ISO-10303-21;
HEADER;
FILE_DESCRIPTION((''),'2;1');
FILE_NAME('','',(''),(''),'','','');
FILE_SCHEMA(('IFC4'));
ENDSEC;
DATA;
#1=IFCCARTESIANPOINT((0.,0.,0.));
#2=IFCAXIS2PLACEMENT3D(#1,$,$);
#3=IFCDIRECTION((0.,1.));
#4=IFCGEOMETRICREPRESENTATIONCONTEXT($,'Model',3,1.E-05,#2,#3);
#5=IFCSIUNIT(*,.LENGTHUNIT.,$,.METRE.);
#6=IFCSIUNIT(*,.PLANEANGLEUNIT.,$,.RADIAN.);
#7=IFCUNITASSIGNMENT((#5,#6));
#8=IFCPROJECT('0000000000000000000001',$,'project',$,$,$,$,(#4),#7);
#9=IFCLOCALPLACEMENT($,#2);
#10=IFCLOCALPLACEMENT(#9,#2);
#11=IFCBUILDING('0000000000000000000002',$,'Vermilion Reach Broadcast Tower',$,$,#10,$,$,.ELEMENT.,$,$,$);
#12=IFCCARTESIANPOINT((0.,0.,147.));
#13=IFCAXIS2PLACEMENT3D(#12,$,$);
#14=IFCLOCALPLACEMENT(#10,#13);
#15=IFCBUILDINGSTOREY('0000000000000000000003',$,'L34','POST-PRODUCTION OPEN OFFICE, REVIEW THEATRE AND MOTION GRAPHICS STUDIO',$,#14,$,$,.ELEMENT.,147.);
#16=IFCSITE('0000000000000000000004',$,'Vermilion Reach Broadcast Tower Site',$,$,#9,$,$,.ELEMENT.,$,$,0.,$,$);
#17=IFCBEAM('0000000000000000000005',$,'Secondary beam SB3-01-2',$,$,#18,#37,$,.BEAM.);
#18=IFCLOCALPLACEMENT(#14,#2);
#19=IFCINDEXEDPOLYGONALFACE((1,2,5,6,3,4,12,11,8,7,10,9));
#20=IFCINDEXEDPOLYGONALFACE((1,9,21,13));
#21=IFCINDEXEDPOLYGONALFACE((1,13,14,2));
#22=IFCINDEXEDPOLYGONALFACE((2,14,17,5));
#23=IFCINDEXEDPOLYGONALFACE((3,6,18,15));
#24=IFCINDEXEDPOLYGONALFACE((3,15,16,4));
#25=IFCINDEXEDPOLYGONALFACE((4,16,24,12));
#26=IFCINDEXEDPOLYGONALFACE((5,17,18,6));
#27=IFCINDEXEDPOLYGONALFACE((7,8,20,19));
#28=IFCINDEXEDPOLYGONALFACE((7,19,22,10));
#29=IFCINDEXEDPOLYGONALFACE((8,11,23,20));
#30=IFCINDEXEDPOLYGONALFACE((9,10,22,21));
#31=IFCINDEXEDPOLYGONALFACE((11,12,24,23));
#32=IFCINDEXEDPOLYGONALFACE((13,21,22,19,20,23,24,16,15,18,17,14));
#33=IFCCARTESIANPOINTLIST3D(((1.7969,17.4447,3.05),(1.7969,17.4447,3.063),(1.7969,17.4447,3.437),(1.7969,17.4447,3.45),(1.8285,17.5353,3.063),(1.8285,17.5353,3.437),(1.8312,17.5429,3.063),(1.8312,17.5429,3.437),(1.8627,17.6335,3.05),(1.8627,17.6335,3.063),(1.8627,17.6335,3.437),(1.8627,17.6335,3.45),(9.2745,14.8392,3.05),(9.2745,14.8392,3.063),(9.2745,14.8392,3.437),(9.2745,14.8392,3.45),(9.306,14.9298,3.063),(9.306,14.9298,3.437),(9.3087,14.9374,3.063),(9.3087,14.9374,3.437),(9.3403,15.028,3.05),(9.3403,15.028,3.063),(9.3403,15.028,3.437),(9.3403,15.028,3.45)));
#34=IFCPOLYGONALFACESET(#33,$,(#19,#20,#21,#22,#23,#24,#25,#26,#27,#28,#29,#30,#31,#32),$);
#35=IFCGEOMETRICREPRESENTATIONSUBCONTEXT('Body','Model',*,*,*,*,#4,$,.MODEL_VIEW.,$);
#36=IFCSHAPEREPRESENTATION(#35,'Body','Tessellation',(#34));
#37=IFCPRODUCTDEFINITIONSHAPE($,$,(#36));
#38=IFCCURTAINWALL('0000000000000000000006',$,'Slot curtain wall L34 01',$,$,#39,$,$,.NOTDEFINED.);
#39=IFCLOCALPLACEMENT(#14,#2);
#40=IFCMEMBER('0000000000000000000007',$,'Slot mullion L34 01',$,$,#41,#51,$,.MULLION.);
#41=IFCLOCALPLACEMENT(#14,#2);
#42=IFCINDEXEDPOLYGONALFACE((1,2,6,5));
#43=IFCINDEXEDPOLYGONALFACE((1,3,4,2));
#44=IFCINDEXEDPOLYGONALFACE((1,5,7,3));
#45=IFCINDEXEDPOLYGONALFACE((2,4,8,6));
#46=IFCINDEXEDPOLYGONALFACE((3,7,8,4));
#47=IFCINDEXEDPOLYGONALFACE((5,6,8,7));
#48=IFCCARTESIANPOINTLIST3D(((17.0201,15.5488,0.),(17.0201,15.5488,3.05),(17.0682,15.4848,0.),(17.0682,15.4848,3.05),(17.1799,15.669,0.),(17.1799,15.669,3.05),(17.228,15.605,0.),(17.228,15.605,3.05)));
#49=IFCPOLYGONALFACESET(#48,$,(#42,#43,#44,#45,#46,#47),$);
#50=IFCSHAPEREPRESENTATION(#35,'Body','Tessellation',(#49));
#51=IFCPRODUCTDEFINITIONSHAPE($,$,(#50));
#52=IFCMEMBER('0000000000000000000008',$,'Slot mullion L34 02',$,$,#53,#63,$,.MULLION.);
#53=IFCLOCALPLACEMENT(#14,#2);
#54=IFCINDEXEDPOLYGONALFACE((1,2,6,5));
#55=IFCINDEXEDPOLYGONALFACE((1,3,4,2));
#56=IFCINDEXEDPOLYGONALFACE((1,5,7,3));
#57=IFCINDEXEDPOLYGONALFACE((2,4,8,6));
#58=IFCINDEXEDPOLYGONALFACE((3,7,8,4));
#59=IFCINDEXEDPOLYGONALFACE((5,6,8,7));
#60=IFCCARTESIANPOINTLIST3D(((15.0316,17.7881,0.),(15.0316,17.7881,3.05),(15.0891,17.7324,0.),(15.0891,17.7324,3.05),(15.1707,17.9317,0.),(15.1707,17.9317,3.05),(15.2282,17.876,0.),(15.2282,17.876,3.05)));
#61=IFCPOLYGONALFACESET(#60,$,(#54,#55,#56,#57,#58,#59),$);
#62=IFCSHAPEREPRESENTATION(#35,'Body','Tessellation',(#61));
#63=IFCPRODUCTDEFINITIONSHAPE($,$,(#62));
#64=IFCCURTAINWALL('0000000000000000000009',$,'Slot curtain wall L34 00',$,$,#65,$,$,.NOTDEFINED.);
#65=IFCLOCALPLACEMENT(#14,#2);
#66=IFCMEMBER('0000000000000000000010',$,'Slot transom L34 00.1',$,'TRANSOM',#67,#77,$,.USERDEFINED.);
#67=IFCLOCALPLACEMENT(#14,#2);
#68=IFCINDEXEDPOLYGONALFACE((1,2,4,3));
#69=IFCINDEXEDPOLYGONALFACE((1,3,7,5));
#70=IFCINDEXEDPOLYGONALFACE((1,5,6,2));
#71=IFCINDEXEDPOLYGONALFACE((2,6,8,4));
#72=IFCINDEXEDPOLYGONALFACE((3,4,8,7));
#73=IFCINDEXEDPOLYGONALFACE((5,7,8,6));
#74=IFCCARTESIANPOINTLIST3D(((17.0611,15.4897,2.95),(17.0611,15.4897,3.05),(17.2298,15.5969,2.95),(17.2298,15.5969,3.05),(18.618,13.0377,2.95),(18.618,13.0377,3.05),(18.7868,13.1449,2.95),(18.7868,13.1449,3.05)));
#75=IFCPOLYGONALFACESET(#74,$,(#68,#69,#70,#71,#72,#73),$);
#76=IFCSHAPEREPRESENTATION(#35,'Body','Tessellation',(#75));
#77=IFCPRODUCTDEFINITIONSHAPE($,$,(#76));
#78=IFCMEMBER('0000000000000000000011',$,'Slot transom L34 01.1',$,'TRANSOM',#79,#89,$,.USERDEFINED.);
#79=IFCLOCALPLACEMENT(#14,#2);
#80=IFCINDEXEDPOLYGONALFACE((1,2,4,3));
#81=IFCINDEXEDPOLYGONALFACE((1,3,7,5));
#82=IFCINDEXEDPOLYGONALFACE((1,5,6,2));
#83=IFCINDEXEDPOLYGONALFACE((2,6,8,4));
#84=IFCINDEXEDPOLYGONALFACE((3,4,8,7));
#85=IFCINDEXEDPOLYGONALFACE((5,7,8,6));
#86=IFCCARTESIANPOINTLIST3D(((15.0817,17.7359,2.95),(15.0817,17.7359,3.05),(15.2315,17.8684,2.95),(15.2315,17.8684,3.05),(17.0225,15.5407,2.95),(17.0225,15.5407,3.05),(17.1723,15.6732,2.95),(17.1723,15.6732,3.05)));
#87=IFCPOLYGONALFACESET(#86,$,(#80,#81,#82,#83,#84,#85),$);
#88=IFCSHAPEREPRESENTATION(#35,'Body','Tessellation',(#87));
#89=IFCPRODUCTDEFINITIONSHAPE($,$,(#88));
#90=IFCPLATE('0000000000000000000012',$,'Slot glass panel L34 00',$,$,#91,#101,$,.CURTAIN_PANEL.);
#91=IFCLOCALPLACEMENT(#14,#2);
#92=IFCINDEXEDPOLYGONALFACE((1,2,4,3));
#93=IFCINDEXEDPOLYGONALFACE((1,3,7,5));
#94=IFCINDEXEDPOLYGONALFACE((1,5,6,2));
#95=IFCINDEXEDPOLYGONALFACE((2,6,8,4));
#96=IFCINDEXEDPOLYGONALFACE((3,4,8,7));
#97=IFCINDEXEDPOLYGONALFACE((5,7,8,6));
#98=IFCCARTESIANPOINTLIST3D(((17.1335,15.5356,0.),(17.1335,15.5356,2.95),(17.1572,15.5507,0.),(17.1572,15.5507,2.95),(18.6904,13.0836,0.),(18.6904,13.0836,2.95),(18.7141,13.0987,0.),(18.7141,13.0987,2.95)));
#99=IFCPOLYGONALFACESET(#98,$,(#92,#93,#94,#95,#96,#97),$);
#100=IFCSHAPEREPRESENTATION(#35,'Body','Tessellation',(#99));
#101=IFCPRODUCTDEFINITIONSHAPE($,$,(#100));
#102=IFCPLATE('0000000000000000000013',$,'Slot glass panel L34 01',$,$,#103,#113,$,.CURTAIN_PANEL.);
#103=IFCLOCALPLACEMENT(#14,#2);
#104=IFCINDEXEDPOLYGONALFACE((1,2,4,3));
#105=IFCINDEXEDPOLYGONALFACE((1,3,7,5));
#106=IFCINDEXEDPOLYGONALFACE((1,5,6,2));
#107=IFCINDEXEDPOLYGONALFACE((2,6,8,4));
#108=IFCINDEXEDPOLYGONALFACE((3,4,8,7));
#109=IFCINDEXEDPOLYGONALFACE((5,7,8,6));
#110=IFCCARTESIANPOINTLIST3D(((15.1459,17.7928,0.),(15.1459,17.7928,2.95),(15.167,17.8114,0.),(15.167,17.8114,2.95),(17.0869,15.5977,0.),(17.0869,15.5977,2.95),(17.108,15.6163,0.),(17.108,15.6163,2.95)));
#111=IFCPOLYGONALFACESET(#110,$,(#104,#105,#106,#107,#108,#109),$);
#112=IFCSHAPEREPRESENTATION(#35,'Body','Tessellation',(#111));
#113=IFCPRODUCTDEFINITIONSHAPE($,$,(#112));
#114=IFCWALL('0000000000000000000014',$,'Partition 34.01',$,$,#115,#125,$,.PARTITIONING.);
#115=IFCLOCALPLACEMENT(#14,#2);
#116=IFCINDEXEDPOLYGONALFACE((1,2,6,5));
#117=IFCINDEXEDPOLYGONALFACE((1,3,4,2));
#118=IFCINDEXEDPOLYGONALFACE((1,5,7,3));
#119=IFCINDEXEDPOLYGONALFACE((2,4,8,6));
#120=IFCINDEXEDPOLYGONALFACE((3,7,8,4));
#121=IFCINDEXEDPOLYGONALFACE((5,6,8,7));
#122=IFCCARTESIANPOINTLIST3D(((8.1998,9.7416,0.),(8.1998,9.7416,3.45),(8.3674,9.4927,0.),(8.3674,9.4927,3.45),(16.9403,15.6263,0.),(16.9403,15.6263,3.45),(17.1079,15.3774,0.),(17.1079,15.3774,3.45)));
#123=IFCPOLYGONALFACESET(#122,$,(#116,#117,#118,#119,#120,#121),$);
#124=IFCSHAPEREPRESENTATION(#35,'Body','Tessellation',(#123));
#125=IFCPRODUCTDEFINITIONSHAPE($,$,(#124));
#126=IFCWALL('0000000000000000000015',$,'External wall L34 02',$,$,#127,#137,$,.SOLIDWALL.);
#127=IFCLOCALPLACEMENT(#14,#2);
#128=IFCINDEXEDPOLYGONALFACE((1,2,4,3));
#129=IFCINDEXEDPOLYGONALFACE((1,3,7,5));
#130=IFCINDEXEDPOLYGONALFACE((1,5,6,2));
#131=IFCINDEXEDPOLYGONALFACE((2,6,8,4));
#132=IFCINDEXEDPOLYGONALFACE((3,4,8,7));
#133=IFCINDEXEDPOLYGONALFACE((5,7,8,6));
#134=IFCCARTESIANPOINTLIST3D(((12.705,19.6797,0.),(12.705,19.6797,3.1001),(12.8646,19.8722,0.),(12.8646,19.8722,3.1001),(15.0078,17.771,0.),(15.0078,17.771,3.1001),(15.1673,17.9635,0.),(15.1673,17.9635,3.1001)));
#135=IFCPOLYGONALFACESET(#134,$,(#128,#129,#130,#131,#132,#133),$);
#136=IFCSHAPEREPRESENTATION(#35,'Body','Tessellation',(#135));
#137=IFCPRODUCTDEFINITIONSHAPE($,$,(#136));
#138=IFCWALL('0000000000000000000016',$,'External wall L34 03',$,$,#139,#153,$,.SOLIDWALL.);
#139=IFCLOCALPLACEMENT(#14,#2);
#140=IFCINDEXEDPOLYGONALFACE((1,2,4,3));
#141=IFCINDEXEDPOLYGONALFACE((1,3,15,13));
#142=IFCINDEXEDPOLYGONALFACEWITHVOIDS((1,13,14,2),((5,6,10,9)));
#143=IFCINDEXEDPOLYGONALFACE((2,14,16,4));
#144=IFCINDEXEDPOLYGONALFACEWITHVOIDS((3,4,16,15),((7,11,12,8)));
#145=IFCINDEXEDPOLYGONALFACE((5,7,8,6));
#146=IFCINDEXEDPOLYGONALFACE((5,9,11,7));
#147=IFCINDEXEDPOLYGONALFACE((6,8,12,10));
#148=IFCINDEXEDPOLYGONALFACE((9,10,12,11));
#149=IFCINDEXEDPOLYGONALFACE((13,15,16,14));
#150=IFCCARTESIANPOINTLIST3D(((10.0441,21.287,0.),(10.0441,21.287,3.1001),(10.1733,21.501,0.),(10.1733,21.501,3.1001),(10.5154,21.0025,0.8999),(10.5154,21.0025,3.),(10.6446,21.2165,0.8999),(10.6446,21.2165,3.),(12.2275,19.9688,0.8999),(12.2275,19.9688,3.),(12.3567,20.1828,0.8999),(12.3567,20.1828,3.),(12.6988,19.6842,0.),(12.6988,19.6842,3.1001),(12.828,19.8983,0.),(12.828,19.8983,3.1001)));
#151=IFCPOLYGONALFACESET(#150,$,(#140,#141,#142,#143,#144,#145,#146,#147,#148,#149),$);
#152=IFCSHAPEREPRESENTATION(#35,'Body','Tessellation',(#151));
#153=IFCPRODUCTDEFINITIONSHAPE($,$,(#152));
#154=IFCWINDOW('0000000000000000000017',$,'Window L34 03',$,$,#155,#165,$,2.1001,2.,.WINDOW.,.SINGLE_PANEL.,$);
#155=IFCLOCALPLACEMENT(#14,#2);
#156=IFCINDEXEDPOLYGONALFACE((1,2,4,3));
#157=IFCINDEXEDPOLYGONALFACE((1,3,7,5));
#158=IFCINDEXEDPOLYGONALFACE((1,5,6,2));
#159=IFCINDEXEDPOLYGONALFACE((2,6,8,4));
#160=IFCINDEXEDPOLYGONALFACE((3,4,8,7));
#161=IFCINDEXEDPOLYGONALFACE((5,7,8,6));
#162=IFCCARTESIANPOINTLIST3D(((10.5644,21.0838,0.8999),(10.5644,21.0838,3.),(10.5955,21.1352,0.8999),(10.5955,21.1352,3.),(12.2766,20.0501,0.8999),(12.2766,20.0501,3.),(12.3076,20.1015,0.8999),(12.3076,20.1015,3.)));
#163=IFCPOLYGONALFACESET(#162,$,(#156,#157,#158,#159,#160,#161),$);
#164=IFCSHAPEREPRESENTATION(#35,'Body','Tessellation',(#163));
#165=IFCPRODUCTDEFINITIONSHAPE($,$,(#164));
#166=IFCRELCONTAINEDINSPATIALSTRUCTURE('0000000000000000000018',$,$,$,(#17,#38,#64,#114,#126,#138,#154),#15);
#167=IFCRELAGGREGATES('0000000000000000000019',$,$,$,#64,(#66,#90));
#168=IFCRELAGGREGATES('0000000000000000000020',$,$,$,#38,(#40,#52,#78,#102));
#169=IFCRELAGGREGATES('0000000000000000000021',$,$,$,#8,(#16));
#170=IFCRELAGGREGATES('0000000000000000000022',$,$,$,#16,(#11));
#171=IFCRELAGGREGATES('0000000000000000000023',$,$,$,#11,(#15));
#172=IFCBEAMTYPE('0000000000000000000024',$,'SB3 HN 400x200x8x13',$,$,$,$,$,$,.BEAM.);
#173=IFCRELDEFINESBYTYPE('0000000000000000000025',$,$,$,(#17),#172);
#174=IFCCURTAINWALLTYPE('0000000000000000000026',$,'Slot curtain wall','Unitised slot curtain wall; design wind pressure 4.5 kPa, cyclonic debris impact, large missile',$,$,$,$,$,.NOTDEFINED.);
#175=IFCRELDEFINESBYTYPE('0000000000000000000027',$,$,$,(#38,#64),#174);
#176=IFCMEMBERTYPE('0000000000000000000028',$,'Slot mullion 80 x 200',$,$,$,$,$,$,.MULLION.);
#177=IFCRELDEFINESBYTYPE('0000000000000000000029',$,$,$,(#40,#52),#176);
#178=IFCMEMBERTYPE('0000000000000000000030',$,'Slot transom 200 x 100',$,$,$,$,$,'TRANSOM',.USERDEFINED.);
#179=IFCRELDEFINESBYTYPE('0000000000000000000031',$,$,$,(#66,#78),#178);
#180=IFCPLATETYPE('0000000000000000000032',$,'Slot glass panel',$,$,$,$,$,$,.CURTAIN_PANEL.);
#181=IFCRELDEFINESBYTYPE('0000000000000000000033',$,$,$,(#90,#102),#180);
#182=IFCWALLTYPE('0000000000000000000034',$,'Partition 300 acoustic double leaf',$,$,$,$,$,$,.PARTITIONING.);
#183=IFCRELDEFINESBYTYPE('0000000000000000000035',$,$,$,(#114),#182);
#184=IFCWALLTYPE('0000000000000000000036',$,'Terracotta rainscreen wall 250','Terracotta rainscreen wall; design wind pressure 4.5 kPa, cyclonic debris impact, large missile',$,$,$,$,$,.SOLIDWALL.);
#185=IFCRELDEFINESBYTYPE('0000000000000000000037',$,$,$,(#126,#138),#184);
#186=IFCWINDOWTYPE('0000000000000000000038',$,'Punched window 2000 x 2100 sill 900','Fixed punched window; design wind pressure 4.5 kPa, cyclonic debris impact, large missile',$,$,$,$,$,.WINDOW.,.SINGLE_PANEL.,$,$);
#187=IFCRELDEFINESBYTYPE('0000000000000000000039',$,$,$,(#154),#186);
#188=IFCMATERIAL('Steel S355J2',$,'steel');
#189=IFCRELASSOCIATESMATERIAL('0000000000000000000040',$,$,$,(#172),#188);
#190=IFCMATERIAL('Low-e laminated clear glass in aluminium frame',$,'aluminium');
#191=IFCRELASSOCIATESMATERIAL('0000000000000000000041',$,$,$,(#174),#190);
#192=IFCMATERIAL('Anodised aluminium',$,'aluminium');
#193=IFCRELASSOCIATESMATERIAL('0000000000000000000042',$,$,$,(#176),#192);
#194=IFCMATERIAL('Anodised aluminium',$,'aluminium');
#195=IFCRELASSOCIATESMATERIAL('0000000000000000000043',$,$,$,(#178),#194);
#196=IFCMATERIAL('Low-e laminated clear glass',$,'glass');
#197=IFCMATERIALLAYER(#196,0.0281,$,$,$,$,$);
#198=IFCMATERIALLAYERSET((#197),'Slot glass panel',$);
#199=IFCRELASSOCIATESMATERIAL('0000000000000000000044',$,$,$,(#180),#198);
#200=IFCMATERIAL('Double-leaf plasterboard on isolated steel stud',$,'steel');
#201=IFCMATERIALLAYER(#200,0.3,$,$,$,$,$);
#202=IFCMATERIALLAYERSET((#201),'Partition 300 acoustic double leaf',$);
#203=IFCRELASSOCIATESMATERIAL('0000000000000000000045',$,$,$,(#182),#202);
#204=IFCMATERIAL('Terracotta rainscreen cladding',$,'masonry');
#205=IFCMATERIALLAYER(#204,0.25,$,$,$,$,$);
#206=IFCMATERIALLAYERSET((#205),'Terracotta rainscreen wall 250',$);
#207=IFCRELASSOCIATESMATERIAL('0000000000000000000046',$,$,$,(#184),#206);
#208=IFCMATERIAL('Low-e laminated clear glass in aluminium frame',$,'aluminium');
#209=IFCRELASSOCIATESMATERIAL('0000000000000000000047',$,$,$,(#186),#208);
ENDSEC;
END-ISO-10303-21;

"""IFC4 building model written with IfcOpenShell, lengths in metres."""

from ifc_helpers import new_model, si_unit, direction, frame, frame_2d, origin, origin_2d, place, context, subcontext, project, spatial, rectangle, i_section, extrude, material, layer, layer_set, material_profile, profile_set, type_object, element, fill, aggregate, save


model = new_model("IFC4")

# Units and contexts
model_context = context("Model", 3, precision=1e-05, world=origin(), true_north=direction((0.0, 1.0)))
body_context = subcontext(model_context, "Body", "Model", "MODEL_VIEW")
ifc_project = project(units=[si_unit("LENGTHUNIT", "METRE"), si_unit("PLANEANGLEUNIT", "RADIAN")], contexts=[model_context])

# Site, building, storey
site_placement = place(None, origin())
site = spatial("IfcSite", under=ifc_project, at=site_placement, Name="Vermilion Reach Broadcast Tower Site", CompositionType="ELEMENT", RefElevation=0.0)
building_placement = place(site_placement, origin())
building = spatial("IfcBuilding", under=site, at=building_placement, Name="Vermilion Reach Broadcast Tower", CompositionType="ELEMENT")
storey_placement = place(building_placement, frame((0.0, 0.0, 147.0)))
storey = spatial("IfcBuildingStorey", under=building, at=storey_placement, Name="L34", Description="POST-PRODUCTION OPEN OFFICE, REVIEW THEATRE AND MOTION GRAPHICS STUDIO", CompositionType="ELEMENT", Elevation=147.0)

# Beam
ifc_material_1 = material(Name="Steel S355J2", Category="steel")
ifc_material_profile_1 = material_profile(ifc_material_1, i_section(OverallWidth=0.2, OverallDepth=0.3999, WebThickness=0.0081, FlangeThickness=0.0129, at=origin_2d()), Name="S355J2 HN 400x200x8x13")
ifc_profile_set_1 = profile_set([ifc_material_profile_1], Name="Steel S355J2")
beam_type_1 = type_object("IfcBeamType", Name="SB3 HN 400x200x8x13", PredefinedType="BEAM", material=ifc_profile_set_1)
beam_1_placement = place(storey_placement, frame((9.3074, 14.9336, 3.25), z_axis=(-0.944317, 0.329037, 0.0), x_axis=(-0.329037, -0.944317, 0.0)))
element("IfcBeam", 1, at=beam_1_placement, inside=storey, type_object=beam_type_1, Name="Secondary beam SB3-01-2", PredefinedType="BEAM", context=body_context, shape_type="SweptSolid", body=[
    extrude(i_section(OverallWidth=0.2, OverallDepth=0.3999, WebThickness=0.0081, FlangeThickness=0.0129, at=origin_2d()), origin(), (0.0, 0.0, 1.0), 7.9185),
])

# Curtain wall, members
ifc_material_2 = material(Name="Low-e laminated clear glass in aluminium frame", Category="aluminium")
curtain_wall_type = type_object("IfcCurtainWallType", Name="Slot curtain wall", Description="Unitised slot curtain wall; design wind pressure 4.5 kPa, cyclonic debris impact, large missile", PredefinedType="NOTDEFINED", material=ifc_material_2)
placement = place(storey_placement, origin())
curtain_wall_1 = element("IfcCurtainWall", 2, at=placement, inside=storey, type_object=curtain_wall_type, Name="Slot curtain wall L34 01", PredefinedType="NOTDEFINED")
ifc_material_3 = material(Name="Anodised aluminium", Category="aluminium")
ifc_material_profile_2 = material_profile(ifc_material_3, rectangle(XDim=0.2, YDim=0.0801, at=origin_2d()), Name="Slot mullion 80 x 200")
ifc_profile_set_2 = profile_set([ifc_material_profile_2], Name="Anodised aluminium")
member_type_1 = type_object("IfcMemberType", Name="Slot mullion 80 x 200", PredefinedType="MULLION", material=ifc_profile_set_2)
member_1_placement = place(storey_placement, frame((17.124, 15.5769, 0.0), z_axis=(0.0, 0.0, 1.0), x_axis=(-0.799172, -0.601102, 0.0)))
member_1 = element("IfcMember", 3, at=member_1_placement, type_object=member_type_1, Name="Slot mullion L34 01", PredefinedType="MULLION", context=body_context, shape_type="SweptSolid", body=[
    extrude(rectangle(XDim=0.2, YDim=0.0801, at=origin_2d()), origin(), (0.0, 0.0, 1.0), 3.05),
])
member_2_placement = place(storey_placement, frame((15.1299, 17.832, 0.0), z_axis=(0.0, 0.0, 1.0), x_axis=(-0.695744, -0.71829, 0.0)))
member_2 = element("IfcMember", 4, at=member_2_placement, type_object=member_type_1, Name="Slot mullion L34 02", PredefinedType="MULLION", context=body_context, shape_type="SweptSolid", body=[
    extrude(rectangle(XDim=0.2, YDim=0.0801, at=origin_2d()), origin(), (0.0, 0.0, 1.0), 3.05),
])

# Curtain wall, member
curtain_wall_2 = element("IfcCurtainWall", 5, at=placement, inside=storey, type_object=curtain_wall_type, Name="Slot curtain wall L34 00", PredefinedType="NOTDEFINED")
ifc_material_4 = material(Name="Anodised aluminium", Category="aluminium")
ifc_material_profile_3 = material_profile(ifc_material_4, rectangle(XDim=0.2, YDim=0.1001, at=origin_2d()), Name="Slot transom 200 x 100")
ifc_profile_set_3 = profile_set([ifc_material_profile_3], Name="Anodised aluminium")
member_type_2 = type_object("IfcMemberType", Name="Slot transom 200 x 100", ElementType="TRANSOM", PredefinedType="USERDEFINED", material=ifc_profile_set_3)
member_3_placement = place(storey_placement, frame((18.7024, 13.0913, 3.0), z_axis=(-0.536038, 0.844194, 0.0), x_axis=(-0.844194, -0.536038, 0.0)))
member_3 = element("IfcMember", 6, at=member_3_placement, type_object=member_type_2, Name="Slot transom L34 00.1", ObjectType="TRANSOM", PredefinedType="USERDEFINED", context=body_context, shape_type="SweptSolid", body=[
    extrude(rectangle(XDim=0.2, YDim=0.1001, at=origin_2d()), origin(), (0.0, 0.0, 1.0), 2.9045),
])

# Member
member_4_placement = place(storey_placement, frame((17.0974, 15.6069, 3.0), z_axis=(-0.662365, 0.749181, 0.0), x_axis=(-0.749181, -0.662365, 0.0)))
member_4 = element("IfcMember", 7, at=member_4_placement, type_object=member_type_2, Name="Slot transom L34 01.1", ObjectType="TRANSOM", PredefinedType="USERDEFINED", context=body_context, shape_type="SweptSolid", body=[
    extrude(rectangle(XDim=0.2, YDim=0.1001, at=origin_2d()), origin(), (0.0, 0.0, 1.0), 2.9302),
])

# Plates
ifc_material_5 = material(Name="Low-e laminated clear glass", Category="glass")
ifc_layer_1 = layer(ifc_material_5, 0.0281)
ifc_layer_set_1 = layer_set([ifc_layer_1], Name="Slot glass panel")
plate_type = type_object("IfcPlateType", Name="Slot glass panel", PredefinedType="CURTAIN_PANEL", material=ifc_layer_set_1)
plate_1_placement = place(storey_placement, frame((17.9238, 14.3171, 0.0), z_axis=(0.0, 0.0, 1.0), x_axis=(-0.536022, 0.844204, 0.0)))
plate_1 = element("IfcPlate", 8, at=plate_1_placement, type_object=plate_type, Name="Slot glass panel L34 00", PredefinedType="CURTAIN_PANEL", context=body_context, shape_type="SweptSolid", body=[
    extrude(rectangle(XDim=2.9045, YDim=0.0281, at=origin_2d()), origin(), (0.0, 0.0, 1.0), 2.95),
])
aggregate(curtain_wall_2, [member_3, plate_1])
plate_2_placement = place(storey_placement, frame((16.127, 16.7046, 0.0), z_axis=(0.0, 0.0, 1.0), x_axis=(-0.662418, 0.749134, 0.0)))
plate_2 = element("IfcPlate", 9, at=plate_2_placement, type_object=plate_type, Name="Slot glass panel L34 01", PredefinedType="CURTAIN_PANEL", context=body_context, shape_type="SweptSolid", body=[
    extrude(rectangle(XDim=2.9302, YDim=0.0281, at=origin_2d()), origin(), (0.0, 0.0, 1.0), 2.95),
])
aggregate(curtain_wall_1, [member_1, member_2, member_4, plate_2])

# Walls
ifc_material_6 = material(Name="Double-leaf plasterboard on isolated steel stud", Category="steel")
ifc_layer_2 = layer(ifc_material_6, 0.3)
ifc_layer_set_2 = layer_set([ifc_layer_2], Name="Partition 300 acoustic double leaf")
wall_type_1 = type_object("IfcWallType", Name="Partition 300 acoustic double leaf", PredefinedType="PARTITIONING", material=ifc_layer_set_2)
wall_1_placement = place(storey_placement, frame((17.0242, 15.502, 0.0), z_axis=(0.0, 0.0, 1.0), x_axis=(-0.829511, -0.558491, 0.0)))
element("IfcWall", 10, at=wall_1_placement, inside=storey, type_object=wall_type_1, Name="Partition 34.01", PredefinedType="PARTITIONING", context=body_context, shape_type="SweptSolid", body=[
    extrude(rectangle(XDim=10.5369, YDim=0.3, at=frame_2d((5.2686, 0.0))), origin(), (0.0, 0.0, 1.0), 3.45),
])
ifc_material_7 = material(Name="Terracotta rainscreen cladding", Category="masonry")
ifc_layer_3 = layer(ifc_material_7, 0.25)
ifc_layer_set_3 = layer_set([ifc_layer_3], Name="Terracotta rainscreen wall 250")
wall_type_2 = type_object("IfcWallType", Name="Terracotta rainscreen wall 250", Description="Terracotta rainscreen wall; design wind pressure 4.5 kPa, cyclonic debris impact, large missile", PredefinedType="SOLIDWALL", material=ifc_layer_set_3)
wall_2_placement = place(storey_placement, frame((15.0876, 17.8672, 0.0), z_axis=(0.0, 0.0, 1.0), x_axis=(-0.769905, 0.638159, 0.0)))
element("IfcWall", 11, at=wall_2_placement, inside=storey, type_object=wall_type_2, Name="External wall L34 02", PredefinedType="SOLIDWALL", context=body_context, shape_type="SweptSolid", body=[
    extrude(rectangle(XDim=2.991, YDim=0.25, at=frame_2d((1.4956, 0.0))), origin(), (0.0, 0.0, 1.0), 3.1001),
])

# Wall, opening, window
wall_3_placement = place(storey_placement, frame((12.7634, 19.7913, 0.0), z_axis=(0.0, 0.0, 1.0), x_axis=(-0.85608, 0.516844, 0.0)))
wall_3 = element("IfcWall", 12, at=wall_3_placement, inside=storey, type_object=wall_type_2, Name="External wall L34 03", PredefinedType="SOLIDWALL", context=body_context, shape_type="SweptSolid", body=[
    extrude(rectangle(XDim=3.1011, YDim=0.25, at=frame_2d((1.5505, 0.0))), origin(), (0.0, 0.0, 1.0), 3.1001),
])
opening_1_placement = place(wall_3_placement, frame((0.5505, 0.0, 0.8999)))
opening_1 = element("IfcOpeningElement", 13, at=opening_1_placement, cuts=wall_3, PredefinedType="OPENING", context=body_context, shape_type="SweptSolid", body=[
    extrude(rectangle(XDim=2.0, YDim=2.1001, at=frame_2d((1.0, 1.05))), frame((0.0, 0.135, 0.0), z_axis=(0.0, -1.0, 0.0), x_axis=(1.0, 0.0, 0.0)), (0.0, 0.0, 1.0), 0.27),
])
ifc_material_8 = material(Name="Low-e laminated clear glass in aluminium frame", Category="aluminium")
window_type = type_object("IfcWindowType", Name="Punched window 2000 x 2100 sill 900", Description="Fixed punched window; design wind pressure 4.5 kPa, cyclonic debris impact, large missile", PartitioningType="SINGLE_PANEL", PredefinedType="WINDOW", material=ifc_material_8)
window_1_placement = place(opening_1_placement, origin())
window_1 = element("IfcWindow", 14, at=window_1_placement, inside=storey, type_object=window_type, Name="Window L34 03", OverallHeight=2.1001, OverallWidth=2.0, PartitioningType="SINGLE_PANEL", PredefinedType="WINDOW", context=body_context, shape_type="SweptSolid", body=[
    extrude(rectangle(XDim=2.0, YDim=2.1001, at=frame_2d((1.0, 1.05))), frame((0.0, 0.03, 0.0), z_axis=(0.0, -1.0, 0.0), x_axis=(1.0, 0.0, 0.0)), (0.0, 0.0, 1.0), 0.0601),
])
fill(opening_1, window_1)

save(model, "model.ifc")
